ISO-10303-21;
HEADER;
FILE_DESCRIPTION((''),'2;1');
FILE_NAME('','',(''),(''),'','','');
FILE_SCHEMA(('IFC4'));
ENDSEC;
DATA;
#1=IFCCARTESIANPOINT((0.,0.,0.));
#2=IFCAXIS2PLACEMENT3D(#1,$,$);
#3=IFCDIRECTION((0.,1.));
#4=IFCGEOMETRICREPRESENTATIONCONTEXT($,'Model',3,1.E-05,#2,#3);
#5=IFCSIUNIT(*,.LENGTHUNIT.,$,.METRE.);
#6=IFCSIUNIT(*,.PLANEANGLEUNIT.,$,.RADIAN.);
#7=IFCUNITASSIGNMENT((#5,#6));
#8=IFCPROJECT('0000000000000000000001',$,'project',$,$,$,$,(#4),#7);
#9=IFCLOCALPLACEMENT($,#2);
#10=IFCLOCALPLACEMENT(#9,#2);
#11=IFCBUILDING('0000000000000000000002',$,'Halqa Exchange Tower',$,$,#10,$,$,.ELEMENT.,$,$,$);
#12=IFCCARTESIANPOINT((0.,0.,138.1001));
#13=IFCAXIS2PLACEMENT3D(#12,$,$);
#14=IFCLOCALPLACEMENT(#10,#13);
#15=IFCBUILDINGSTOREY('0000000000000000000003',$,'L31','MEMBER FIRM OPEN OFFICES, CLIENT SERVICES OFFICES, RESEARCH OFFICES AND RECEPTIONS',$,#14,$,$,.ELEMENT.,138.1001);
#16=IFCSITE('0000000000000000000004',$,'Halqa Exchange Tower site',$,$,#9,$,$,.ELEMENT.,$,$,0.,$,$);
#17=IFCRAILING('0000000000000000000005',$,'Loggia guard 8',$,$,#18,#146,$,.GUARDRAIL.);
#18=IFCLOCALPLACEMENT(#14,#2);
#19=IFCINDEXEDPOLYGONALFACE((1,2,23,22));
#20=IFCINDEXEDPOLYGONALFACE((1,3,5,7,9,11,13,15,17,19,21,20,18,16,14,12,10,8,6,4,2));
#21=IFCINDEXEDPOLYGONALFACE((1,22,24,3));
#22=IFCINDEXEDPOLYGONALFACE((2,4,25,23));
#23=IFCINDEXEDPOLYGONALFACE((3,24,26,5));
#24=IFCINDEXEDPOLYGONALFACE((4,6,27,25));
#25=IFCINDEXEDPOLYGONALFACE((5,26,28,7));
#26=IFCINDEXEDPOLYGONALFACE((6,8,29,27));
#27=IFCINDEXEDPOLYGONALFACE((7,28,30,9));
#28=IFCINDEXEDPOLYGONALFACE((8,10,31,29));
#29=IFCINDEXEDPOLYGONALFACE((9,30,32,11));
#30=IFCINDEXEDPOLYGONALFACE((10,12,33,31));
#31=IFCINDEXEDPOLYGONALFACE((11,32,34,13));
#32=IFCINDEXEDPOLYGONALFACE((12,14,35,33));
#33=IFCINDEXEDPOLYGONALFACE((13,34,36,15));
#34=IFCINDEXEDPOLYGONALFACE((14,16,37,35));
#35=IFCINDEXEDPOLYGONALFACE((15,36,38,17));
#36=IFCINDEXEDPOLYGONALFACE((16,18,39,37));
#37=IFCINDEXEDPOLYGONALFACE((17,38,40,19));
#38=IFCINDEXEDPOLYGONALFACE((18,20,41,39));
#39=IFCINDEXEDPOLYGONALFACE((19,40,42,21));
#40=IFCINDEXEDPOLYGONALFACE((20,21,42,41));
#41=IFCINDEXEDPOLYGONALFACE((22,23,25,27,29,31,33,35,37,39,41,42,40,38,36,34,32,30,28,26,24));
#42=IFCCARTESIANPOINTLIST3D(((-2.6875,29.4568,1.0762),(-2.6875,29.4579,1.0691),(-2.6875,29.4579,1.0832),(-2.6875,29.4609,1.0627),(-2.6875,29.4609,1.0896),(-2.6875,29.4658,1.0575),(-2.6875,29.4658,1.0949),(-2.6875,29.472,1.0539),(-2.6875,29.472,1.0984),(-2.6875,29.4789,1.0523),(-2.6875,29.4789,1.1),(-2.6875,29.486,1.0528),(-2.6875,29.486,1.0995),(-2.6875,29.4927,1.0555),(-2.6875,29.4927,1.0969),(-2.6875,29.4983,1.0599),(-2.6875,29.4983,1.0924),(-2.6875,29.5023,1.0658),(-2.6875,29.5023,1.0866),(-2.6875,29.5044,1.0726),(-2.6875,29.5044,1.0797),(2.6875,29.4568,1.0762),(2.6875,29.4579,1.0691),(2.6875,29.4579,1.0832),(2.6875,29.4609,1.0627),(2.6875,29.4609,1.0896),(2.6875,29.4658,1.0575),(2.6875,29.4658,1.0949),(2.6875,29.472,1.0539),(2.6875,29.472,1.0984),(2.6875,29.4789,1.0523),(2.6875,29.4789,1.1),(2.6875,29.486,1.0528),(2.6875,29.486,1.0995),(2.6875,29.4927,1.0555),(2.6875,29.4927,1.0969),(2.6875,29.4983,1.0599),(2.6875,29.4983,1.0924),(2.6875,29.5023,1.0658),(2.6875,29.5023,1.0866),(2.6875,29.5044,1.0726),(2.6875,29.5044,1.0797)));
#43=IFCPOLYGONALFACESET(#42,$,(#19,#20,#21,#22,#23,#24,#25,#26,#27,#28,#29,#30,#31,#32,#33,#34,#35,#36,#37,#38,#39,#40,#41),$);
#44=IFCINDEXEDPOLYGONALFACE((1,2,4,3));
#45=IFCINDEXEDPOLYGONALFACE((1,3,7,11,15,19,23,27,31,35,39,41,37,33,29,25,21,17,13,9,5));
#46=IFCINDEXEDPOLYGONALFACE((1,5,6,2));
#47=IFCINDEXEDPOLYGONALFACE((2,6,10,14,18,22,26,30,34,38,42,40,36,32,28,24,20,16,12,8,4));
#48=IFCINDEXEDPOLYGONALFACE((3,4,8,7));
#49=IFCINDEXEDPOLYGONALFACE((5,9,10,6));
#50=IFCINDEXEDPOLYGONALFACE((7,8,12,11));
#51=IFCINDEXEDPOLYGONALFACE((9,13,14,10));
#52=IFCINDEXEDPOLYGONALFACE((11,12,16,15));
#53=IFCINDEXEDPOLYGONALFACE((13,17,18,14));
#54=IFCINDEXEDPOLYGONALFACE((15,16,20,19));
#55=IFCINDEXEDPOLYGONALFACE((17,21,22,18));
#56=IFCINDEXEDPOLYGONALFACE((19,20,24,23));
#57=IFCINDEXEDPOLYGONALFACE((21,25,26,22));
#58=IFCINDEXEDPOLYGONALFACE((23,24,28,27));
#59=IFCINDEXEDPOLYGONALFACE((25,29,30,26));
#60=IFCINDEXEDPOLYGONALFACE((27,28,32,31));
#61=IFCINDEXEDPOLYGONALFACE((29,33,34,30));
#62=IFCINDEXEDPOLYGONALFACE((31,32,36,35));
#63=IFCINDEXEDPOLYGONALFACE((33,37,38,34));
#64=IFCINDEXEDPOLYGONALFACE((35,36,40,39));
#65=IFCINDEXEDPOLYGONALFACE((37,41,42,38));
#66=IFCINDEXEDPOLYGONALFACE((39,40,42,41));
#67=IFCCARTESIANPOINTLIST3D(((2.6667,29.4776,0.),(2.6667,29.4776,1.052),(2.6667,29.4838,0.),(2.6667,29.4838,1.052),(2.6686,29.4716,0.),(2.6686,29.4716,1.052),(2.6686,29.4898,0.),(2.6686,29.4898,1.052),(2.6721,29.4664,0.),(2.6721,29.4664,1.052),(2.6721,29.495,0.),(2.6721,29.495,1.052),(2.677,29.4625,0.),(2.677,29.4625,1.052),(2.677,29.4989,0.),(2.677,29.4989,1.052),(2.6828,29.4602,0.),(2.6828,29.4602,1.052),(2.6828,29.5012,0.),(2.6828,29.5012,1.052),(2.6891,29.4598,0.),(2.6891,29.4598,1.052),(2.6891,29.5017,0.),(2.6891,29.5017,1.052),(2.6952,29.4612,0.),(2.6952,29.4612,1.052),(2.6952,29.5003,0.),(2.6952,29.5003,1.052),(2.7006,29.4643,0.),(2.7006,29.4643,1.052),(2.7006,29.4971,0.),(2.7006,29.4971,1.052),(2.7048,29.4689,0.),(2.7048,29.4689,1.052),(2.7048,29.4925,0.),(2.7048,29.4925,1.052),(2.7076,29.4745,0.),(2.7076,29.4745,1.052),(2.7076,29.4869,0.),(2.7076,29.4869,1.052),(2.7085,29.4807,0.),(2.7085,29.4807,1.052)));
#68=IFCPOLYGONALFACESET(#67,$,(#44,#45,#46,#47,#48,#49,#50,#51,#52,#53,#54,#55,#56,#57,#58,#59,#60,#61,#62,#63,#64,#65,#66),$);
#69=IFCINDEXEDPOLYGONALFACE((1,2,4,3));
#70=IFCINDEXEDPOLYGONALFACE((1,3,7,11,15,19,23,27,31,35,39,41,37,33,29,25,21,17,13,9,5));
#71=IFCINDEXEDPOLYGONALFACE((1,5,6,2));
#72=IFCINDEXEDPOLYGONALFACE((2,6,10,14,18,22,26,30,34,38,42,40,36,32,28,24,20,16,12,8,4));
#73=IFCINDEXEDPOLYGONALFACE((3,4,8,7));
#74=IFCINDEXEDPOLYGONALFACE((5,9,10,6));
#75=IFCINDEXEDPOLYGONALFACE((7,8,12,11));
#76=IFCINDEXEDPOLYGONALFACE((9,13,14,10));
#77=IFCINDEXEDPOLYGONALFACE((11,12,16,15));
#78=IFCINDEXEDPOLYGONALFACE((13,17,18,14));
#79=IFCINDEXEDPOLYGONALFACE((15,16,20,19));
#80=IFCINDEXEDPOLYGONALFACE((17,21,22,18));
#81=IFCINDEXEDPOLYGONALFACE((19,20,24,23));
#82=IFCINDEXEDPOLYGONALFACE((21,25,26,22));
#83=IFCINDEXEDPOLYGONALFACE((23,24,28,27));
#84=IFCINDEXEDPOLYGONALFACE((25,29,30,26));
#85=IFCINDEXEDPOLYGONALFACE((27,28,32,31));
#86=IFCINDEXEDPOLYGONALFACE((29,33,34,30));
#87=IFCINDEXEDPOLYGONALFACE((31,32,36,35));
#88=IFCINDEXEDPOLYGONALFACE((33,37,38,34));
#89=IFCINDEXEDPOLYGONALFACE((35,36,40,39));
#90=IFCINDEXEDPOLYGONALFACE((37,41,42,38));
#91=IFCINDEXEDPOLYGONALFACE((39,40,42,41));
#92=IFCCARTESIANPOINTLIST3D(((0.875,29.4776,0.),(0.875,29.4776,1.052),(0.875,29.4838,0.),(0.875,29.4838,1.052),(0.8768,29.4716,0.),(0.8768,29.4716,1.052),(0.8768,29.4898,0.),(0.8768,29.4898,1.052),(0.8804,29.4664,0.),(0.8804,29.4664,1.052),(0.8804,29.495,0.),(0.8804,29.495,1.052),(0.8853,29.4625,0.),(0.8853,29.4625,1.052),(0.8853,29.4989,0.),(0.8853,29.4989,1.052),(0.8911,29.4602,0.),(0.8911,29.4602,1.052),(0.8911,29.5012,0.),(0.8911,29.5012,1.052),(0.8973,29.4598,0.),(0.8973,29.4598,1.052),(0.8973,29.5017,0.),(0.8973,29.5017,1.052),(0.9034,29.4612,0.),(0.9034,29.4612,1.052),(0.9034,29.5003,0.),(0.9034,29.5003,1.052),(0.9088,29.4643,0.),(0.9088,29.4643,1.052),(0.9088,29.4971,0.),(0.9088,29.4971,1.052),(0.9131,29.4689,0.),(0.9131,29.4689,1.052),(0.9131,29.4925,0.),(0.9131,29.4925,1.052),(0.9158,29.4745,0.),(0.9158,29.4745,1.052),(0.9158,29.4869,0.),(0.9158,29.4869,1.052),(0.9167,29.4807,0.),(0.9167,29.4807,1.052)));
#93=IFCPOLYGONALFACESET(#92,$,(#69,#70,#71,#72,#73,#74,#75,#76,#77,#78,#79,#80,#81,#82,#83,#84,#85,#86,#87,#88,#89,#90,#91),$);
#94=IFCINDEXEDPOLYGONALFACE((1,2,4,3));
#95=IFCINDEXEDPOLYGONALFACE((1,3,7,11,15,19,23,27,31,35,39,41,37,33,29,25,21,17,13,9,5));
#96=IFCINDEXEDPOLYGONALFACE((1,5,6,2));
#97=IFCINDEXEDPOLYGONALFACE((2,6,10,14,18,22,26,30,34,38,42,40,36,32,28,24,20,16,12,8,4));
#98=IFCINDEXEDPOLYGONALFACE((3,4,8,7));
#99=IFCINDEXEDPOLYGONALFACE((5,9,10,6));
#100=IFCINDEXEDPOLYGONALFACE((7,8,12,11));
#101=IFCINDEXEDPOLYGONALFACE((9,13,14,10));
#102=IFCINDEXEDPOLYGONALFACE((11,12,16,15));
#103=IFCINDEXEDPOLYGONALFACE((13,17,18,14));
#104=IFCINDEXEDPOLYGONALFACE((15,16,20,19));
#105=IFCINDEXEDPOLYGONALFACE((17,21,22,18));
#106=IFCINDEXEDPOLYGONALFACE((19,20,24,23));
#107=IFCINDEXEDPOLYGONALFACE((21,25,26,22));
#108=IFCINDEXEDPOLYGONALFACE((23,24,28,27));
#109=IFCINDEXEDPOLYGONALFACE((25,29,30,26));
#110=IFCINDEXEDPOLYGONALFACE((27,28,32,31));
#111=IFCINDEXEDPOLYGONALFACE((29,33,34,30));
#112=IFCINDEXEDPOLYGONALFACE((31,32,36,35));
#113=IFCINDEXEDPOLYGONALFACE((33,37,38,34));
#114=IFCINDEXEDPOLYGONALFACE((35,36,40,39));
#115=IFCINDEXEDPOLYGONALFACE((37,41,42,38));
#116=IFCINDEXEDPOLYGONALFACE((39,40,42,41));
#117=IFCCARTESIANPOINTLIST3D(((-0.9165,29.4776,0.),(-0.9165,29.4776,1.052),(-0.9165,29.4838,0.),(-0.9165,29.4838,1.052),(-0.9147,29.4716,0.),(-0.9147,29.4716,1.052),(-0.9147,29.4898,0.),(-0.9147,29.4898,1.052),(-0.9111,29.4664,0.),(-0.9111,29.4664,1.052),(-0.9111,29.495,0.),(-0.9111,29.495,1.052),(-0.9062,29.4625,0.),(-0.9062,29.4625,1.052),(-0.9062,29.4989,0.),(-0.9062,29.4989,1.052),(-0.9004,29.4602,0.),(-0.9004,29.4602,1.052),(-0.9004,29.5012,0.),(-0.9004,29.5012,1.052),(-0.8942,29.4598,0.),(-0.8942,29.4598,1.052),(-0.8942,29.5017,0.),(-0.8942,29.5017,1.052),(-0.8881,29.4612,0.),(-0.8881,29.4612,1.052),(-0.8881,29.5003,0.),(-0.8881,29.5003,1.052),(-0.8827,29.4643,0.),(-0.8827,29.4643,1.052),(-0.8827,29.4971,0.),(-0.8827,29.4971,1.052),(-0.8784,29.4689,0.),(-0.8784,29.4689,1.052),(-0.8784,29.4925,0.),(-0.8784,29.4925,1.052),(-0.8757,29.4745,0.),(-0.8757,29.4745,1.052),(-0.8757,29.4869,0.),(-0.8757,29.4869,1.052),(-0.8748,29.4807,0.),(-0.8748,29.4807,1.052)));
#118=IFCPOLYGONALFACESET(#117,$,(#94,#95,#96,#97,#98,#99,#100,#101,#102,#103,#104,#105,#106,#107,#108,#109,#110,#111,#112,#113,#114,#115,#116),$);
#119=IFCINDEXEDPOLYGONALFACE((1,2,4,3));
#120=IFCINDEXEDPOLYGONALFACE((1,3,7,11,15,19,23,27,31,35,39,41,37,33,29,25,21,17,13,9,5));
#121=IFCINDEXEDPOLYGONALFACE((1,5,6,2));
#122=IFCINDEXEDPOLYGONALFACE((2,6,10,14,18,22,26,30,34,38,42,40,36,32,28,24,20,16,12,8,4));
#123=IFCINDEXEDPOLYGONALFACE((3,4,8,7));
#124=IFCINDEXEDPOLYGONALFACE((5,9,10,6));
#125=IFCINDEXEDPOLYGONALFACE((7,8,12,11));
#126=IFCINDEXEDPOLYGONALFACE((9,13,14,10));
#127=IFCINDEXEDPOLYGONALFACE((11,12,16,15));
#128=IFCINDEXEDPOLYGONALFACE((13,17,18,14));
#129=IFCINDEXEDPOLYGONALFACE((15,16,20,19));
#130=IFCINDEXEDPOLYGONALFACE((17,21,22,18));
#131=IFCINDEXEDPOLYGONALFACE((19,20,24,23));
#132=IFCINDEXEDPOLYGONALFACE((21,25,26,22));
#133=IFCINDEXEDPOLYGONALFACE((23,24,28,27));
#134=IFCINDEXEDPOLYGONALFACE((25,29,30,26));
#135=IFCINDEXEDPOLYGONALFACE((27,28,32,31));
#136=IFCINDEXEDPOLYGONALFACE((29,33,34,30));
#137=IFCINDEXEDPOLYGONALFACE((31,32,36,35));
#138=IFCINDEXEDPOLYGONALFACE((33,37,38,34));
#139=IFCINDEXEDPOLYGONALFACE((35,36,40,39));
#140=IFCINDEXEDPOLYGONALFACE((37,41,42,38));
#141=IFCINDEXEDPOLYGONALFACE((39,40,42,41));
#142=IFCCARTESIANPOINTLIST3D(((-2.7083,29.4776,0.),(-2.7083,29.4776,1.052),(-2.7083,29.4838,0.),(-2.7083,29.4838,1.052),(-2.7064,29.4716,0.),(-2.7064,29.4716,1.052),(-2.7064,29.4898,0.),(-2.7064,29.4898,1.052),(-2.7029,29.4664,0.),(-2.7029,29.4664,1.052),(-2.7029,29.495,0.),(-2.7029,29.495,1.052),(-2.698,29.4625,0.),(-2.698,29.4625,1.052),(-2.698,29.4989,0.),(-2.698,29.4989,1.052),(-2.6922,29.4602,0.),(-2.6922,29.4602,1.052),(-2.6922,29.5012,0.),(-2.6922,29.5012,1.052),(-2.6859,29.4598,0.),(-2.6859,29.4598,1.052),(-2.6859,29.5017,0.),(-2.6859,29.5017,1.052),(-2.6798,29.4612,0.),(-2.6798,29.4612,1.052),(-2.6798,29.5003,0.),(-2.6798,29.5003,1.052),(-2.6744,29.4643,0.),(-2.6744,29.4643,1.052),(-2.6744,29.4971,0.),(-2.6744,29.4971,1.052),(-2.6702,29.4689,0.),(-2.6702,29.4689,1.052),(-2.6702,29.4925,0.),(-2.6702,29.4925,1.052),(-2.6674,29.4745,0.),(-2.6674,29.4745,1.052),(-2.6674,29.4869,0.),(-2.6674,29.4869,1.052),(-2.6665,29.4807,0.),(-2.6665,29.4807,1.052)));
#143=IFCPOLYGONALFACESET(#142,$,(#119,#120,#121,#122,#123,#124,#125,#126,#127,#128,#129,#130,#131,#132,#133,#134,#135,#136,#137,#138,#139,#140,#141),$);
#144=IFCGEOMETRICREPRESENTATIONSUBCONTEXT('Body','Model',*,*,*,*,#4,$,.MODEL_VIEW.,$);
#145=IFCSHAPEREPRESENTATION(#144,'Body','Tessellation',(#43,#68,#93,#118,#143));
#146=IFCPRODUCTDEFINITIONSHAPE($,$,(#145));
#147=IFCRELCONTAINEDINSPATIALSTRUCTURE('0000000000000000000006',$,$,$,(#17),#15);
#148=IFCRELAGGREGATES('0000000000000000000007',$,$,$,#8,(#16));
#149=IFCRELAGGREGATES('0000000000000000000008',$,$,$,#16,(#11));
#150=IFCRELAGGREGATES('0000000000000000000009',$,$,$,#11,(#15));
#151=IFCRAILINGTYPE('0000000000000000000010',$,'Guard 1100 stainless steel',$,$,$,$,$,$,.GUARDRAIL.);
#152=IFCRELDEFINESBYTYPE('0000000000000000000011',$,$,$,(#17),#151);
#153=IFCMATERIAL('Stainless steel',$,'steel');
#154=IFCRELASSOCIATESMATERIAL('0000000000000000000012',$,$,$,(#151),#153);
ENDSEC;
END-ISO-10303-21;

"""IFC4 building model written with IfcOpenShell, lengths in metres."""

from ifc_helpers import new_model, si_unit, direction, frame, origin, origin_2d, place, context, subcontext, project, spatial, circle, extrude, material, type_object, element, save


model = new_model("IFC4")

# Units and contexts
model_context = context("Model", 3, precision=1e-05, world=origin(), true_north=direction((0.0, 1.0)))
body_context = subcontext(model_context, "Body", "Model", "MODEL_VIEW")
ifc_project = project(units=[si_unit("LENGTHUNIT", "METRE"), si_unit("PLANEANGLEUNIT", "RADIAN")], contexts=[model_context])

# Site, building, storey
site_placement = place(None, origin())
site = spatial("IfcSite", under=ifc_project, at=site_placement, Name="Halqa Exchange Tower site", CompositionType="ELEMENT", RefElevation=0.0)
building_placement = place(site_placement, origin())
building = spatial("IfcBuilding", under=site, at=building_placement, Name="Halqa Exchange Tower", CompositionType="ELEMENT")
storey_placement = place(building_placement, frame((0.0, 0.0, 138.1001)))
storey = spatial("IfcBuildingStorey", under=building, at=storey_placement, Name="L31", Description="MEMBER FIRM OPEN OFFICES, CLIENT SERVICES OFFICES, RESEARCH OFFICES AND RECEPTIONS", CompositionType="ELEMENT", Elevation=138.1001)

# Railing
ifc_material_1 = material(Name="Stainless steel", Category="steel")
railing_type_1 = type_object("IfcRailingType", Name="Guard 1100 stainless steel", PredefinedType="GUARDRAIL", material=ifc_material_1)
railing_1_placement = place(storey_placement, frame((2.6875, 29.4807, 0.0)))
element("IfcRailing", 1, at=railing_1_placement, inside=storey, type_object=railing_type_1, Name="Loggia guard 8", PredefinedType="GUARDRAIL", context=body_context, shape_type="SweptSolid", body=[
    extrude(circle(Radius=0.0239, at=origin_2d()), frame((0.0, 0.0, 1.0762), z_axis=(-1.0, 0.0, 0.0), x_axis=(0.0, -1.0, 0.0)), (0.0, 0.0, 1.0), 5.375),
    extrude(circle(Radius=0.021, at=origin_2d()), origin(), (0.0, 0.0, 1.0), 1.052),
    extrude(circle(Radius=0.021, at=origin_2d()), frame((-1.7917, 0.0, 0.0)), (0.0, 0.0, 1.0), 1.052),
    extrude(circle(Radius=0.021, at=origin_2d()), frame((-3.5833, 0.0, 0.0)), (0.0, 0.0, 1.0), 1.052),
    extrude(circle(Radius=0.021, at=origin_2d()), frame((-5.375, 0.0, 0.0)), (0.0, 0.0, 1.0), 1.052),
])

save(model, "model.ifc")
